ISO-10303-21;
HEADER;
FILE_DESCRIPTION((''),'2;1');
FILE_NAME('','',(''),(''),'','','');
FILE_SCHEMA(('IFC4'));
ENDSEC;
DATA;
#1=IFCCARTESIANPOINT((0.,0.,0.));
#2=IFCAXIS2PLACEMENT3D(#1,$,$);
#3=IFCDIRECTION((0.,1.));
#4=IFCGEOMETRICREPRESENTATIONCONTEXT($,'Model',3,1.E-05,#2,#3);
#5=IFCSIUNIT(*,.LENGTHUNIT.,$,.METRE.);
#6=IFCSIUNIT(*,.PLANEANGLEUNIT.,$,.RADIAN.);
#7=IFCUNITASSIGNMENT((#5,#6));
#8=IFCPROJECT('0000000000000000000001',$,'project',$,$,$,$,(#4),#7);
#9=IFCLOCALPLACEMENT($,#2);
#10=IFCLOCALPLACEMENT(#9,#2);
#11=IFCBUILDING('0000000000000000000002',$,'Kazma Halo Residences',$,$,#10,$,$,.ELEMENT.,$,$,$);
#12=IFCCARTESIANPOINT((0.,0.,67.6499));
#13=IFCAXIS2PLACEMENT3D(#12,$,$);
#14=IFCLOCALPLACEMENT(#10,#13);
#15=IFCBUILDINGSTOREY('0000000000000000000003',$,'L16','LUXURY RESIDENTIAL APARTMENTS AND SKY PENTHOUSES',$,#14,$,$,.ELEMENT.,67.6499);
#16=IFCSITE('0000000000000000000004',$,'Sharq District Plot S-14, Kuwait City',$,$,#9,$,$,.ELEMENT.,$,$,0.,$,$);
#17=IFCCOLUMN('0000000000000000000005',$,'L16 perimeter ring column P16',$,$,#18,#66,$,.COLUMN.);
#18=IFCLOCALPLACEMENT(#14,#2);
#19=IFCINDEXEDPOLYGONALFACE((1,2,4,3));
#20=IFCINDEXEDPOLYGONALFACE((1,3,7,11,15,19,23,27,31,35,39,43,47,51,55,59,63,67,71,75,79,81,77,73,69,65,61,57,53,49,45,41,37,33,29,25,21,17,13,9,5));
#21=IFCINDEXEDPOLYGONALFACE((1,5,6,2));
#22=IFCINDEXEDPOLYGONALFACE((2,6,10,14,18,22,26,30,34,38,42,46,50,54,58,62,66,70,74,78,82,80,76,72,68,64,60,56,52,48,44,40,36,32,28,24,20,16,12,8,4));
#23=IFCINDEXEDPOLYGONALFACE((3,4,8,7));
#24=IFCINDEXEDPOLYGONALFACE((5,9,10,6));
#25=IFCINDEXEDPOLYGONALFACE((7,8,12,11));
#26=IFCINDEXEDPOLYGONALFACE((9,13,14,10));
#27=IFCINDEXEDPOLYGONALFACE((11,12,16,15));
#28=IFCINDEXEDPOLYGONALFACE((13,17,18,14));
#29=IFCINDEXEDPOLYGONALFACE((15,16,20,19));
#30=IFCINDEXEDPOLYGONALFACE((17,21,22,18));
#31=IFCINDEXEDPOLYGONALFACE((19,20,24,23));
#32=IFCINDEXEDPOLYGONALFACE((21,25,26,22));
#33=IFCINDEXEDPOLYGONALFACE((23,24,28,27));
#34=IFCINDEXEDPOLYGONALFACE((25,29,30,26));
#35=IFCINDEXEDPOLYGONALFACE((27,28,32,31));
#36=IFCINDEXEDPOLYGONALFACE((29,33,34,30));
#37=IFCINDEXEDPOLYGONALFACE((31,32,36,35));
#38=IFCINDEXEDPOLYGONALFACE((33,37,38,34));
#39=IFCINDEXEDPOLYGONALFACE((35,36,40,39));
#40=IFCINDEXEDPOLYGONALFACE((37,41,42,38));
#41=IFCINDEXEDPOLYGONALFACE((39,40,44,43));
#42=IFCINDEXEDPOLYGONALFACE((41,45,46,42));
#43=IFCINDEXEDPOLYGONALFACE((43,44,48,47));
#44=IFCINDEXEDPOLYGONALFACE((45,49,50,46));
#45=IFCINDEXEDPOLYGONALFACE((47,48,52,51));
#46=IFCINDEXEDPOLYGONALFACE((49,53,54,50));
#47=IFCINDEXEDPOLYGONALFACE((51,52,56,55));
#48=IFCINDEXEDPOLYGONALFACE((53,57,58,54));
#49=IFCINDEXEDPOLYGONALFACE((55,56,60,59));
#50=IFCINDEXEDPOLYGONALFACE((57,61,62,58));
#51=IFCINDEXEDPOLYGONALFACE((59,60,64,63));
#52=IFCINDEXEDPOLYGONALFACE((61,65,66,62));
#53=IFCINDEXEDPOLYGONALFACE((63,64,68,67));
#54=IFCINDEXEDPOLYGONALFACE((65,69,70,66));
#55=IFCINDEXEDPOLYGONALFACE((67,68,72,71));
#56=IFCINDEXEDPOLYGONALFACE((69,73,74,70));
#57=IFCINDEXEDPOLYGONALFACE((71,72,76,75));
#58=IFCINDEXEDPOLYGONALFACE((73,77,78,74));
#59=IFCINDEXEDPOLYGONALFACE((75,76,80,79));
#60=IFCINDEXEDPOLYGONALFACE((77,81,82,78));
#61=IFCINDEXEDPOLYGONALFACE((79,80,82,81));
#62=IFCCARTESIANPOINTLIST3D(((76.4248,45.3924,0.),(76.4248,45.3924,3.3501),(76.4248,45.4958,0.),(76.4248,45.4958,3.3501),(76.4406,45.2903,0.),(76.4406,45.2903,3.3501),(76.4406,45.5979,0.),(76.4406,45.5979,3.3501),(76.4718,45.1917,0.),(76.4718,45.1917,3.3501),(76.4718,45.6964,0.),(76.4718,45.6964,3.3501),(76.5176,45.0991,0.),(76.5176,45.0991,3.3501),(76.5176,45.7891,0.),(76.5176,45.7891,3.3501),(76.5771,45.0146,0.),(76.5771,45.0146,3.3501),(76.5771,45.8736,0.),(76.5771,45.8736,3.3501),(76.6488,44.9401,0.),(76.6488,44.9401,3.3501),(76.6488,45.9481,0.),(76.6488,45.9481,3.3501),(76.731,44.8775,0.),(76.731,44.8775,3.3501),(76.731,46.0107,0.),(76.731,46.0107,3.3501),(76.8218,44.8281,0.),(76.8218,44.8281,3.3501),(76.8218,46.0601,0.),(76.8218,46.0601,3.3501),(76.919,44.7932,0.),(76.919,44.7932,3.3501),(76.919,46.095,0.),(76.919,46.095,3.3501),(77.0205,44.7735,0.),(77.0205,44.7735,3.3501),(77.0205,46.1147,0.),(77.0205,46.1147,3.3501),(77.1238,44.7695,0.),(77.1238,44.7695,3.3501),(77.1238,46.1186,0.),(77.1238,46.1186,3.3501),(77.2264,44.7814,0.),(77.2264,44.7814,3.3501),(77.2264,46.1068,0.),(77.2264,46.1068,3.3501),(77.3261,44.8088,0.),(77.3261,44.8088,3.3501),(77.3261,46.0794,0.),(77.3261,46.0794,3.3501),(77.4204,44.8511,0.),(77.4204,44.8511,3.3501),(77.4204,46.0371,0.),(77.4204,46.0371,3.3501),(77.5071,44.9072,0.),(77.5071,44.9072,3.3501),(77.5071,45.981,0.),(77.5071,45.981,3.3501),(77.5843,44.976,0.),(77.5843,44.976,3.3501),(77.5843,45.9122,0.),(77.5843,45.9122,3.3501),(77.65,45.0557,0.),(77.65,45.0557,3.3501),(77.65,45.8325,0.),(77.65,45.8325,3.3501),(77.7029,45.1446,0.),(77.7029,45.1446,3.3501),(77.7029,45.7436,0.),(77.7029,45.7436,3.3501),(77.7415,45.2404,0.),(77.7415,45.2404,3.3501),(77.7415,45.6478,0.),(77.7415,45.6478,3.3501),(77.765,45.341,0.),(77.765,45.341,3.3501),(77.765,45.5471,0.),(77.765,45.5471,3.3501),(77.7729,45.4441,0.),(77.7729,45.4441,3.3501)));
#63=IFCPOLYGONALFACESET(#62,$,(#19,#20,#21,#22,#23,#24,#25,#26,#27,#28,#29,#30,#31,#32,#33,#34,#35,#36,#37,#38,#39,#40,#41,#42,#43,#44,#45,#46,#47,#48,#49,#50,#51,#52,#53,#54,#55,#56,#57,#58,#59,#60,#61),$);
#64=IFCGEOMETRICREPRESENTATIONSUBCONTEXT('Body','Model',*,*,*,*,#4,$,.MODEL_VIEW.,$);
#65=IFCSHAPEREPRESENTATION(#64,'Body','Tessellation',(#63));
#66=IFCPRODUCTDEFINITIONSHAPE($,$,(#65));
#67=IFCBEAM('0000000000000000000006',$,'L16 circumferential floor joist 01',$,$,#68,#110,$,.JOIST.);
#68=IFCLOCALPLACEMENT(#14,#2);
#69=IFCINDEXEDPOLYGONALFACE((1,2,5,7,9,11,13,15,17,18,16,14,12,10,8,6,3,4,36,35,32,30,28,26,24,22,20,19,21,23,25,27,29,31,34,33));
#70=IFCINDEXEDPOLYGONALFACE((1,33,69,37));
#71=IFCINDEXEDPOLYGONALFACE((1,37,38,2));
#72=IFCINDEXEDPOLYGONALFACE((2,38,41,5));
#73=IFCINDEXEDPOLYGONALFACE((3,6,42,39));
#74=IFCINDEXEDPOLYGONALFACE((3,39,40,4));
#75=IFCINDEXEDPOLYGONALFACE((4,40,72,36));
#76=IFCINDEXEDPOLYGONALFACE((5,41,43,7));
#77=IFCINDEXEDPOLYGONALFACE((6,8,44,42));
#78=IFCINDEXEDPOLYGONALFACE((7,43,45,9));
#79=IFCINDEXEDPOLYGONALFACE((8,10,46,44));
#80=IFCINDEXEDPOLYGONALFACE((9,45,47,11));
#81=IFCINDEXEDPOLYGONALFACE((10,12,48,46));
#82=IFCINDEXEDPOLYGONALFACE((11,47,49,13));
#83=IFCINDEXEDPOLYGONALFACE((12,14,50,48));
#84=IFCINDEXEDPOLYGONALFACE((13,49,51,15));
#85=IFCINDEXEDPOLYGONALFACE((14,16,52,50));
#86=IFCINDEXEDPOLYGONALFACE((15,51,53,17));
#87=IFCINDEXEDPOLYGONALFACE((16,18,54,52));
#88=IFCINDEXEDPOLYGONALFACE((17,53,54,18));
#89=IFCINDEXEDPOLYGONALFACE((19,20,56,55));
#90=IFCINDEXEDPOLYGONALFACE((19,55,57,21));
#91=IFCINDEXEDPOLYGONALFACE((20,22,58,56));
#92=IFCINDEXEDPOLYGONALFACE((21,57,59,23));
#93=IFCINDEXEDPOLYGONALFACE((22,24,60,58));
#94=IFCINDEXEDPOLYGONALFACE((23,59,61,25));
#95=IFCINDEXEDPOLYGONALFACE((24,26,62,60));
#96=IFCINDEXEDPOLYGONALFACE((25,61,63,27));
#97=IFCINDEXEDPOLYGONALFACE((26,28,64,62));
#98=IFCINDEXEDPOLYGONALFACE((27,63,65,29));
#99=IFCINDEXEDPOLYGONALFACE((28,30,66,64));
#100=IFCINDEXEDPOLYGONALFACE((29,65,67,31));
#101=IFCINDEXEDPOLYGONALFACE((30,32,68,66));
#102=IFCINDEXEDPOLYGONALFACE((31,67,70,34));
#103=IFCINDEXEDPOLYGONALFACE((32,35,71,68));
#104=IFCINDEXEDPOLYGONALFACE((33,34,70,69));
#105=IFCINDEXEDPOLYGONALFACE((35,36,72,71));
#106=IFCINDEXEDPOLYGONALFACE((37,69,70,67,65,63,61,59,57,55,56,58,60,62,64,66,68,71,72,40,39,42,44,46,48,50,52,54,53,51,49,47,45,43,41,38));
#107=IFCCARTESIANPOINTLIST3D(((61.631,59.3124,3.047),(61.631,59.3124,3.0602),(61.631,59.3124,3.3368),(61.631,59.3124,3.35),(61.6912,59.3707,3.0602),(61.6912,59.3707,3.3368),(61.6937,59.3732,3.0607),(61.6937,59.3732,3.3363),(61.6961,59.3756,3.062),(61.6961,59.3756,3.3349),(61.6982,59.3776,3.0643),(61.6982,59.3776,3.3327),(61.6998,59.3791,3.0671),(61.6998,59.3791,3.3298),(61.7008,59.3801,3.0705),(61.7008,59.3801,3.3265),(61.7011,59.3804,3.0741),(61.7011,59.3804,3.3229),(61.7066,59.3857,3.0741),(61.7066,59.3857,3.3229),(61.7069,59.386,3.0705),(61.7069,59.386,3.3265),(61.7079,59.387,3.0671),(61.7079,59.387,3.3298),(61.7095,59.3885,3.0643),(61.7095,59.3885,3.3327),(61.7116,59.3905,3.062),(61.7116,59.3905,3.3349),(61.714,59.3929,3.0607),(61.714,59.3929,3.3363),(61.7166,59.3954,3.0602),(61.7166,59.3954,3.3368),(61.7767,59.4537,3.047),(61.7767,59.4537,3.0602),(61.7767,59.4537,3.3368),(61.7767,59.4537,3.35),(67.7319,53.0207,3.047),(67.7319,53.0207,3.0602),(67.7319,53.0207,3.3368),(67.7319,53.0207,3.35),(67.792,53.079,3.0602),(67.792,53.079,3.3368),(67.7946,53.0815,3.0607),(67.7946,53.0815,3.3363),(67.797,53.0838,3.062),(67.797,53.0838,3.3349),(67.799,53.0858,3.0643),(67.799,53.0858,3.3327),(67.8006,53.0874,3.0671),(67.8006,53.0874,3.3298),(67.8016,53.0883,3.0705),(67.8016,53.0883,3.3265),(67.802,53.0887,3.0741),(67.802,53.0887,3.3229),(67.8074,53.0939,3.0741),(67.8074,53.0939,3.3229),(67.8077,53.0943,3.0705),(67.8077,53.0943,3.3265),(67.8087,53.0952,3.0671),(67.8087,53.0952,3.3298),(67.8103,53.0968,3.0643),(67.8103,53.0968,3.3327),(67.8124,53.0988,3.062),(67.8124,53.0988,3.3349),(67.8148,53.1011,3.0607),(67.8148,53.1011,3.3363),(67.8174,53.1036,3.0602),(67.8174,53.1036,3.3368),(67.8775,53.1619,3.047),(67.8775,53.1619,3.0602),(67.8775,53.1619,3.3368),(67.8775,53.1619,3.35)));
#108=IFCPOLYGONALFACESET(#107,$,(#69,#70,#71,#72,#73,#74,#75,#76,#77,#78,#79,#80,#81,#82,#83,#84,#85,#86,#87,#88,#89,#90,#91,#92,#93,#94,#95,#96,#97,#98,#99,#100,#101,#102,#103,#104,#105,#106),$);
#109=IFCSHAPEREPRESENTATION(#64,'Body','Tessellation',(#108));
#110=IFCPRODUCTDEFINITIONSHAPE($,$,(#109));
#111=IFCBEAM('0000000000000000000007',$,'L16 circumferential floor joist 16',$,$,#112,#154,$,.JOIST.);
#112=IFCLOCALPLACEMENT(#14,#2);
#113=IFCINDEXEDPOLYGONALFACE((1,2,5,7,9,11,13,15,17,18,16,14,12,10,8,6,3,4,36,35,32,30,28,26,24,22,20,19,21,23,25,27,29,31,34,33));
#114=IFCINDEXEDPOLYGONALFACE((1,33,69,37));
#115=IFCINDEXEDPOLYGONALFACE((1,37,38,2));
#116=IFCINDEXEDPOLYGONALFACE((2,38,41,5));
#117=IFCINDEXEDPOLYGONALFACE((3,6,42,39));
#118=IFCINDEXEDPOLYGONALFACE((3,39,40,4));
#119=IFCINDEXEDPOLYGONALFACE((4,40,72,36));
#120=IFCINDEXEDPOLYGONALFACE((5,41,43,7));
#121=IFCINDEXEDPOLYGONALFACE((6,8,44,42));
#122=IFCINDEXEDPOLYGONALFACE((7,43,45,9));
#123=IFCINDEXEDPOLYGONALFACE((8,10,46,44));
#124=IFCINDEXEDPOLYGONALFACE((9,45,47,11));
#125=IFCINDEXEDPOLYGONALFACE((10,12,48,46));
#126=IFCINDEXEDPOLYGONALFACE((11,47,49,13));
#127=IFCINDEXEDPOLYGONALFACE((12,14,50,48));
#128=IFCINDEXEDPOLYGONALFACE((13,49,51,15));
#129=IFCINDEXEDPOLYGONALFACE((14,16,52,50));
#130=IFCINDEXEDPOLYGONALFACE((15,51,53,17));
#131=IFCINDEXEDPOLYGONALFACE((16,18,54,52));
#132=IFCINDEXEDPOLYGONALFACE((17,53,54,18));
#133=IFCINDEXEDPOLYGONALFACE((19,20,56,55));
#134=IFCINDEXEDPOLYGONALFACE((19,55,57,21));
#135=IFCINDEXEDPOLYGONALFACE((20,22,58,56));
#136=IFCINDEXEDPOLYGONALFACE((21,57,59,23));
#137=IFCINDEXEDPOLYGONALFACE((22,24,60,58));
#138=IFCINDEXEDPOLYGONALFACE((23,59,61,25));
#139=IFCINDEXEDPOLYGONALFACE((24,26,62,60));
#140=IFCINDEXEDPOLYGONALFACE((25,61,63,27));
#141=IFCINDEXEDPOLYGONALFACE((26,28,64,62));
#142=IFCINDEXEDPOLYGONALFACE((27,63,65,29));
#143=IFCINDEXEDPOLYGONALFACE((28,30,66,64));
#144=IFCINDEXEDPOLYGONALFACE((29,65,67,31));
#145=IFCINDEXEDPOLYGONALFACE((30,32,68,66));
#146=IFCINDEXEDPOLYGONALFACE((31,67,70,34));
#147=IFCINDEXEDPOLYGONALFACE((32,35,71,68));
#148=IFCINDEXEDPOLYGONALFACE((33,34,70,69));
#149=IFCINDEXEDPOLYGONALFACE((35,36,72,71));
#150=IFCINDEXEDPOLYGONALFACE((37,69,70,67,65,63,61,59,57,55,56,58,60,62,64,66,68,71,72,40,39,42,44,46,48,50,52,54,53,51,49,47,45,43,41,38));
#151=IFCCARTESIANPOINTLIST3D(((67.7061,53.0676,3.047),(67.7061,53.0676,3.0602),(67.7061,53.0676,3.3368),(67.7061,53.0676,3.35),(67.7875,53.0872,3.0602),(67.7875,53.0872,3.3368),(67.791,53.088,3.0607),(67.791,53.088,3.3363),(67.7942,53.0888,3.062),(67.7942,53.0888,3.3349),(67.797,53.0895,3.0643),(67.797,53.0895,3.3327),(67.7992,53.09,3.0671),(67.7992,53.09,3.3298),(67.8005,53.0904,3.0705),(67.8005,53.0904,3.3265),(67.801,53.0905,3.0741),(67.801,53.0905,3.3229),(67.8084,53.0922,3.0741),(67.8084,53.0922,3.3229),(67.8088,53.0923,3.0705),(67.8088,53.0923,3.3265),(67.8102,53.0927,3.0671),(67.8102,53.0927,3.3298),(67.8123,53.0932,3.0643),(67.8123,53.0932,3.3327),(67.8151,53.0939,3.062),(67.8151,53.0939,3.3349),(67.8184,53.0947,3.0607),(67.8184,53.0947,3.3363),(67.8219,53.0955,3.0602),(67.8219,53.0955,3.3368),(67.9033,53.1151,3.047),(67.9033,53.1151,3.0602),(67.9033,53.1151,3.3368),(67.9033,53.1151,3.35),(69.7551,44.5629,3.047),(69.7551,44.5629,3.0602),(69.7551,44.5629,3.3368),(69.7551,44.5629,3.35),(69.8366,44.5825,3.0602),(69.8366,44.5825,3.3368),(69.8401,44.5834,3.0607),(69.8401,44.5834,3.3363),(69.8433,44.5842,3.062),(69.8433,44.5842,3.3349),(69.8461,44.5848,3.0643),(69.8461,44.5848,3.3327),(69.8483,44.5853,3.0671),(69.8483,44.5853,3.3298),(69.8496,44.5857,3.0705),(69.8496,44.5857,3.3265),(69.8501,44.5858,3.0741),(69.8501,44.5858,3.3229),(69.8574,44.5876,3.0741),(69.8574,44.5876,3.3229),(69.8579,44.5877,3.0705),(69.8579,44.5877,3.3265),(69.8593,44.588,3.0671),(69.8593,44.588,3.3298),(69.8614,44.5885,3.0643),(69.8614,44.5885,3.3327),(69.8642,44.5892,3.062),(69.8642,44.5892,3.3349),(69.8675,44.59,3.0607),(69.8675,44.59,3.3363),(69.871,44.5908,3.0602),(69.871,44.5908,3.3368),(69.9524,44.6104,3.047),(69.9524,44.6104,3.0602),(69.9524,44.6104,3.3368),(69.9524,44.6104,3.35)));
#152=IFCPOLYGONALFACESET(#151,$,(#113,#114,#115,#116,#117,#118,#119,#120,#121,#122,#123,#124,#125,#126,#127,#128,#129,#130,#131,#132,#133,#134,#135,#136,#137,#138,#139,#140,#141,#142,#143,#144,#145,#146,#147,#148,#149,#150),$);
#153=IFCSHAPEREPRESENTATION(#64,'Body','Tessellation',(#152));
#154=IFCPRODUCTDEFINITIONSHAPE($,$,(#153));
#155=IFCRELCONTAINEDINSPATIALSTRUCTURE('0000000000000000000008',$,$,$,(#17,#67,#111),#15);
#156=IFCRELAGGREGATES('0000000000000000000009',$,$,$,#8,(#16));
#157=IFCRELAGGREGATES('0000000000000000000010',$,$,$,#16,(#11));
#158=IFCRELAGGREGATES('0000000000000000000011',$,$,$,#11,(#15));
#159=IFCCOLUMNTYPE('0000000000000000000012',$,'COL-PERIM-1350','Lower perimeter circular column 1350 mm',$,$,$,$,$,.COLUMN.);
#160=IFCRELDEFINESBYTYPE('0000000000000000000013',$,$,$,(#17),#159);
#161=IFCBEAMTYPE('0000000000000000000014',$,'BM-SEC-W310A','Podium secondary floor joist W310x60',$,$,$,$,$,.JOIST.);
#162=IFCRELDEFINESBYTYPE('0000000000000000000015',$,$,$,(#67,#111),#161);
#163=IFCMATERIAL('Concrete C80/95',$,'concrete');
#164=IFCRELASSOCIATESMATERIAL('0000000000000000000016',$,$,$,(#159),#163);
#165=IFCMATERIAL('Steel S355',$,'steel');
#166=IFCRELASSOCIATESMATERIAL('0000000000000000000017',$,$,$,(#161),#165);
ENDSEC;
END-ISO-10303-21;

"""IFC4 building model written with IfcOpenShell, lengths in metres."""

from ifc_helpers import new_model, si_unit, direction, frame, origin, origin_2d, place, context, subcontext, project, spatial, circle, i_section, extrude, material, material_profile, profile_set, type_object, element, save


model = new_model("IFC4")

# Units and contexts
model_context = context("Model", 3, precision=1e-05, world=origin(), true_north=direction((0.0, 1.0)))
body_context = subcontext(model_context, "Body", "Model", "MODEL_VIEW")
ifc_project = project(units=[si_unit("LENGTHUNIT", "METRE"), si_unit("PLANEANGLEUNIT", "RADIAN")], contexts=[model_context])

# Site, building, storey
site_placement = place(None, origin())
site = spatial("IfcSite", under=ifc_project, at=site_placement, Name="Sharq District Plot S-14, Kuwait City", CompositionType="ELEMENT", RefElevation=0.0)
building_placement = place(site_placement, origin())
building = spatial("IfcBuilding", under=site, at=building_placement, Name="Kazma Halo Residences", CompositionType="ELEMENT")
storey_placement = place(building_placement, frame((0.0, 0.0, 67.6499)))
storey = spatial("IfcBuildingStorey", under=building, at=storey_placement, Name="L16", Description="LUXURY RESIDENTIAL APARTMENTS AND SKY PENTHOUSES", CompositionType="ELEMENT", Elevation=67.6499)

# Column
ifc_material_1 = material(Name="Concrete C80/95", Category="concrete")
ifc_material_profile_1 = material_profile(ifc_material_1, circle(Radius=0.675, at=origin_2d()), Name="CIRC1350")
ifc_profile_set_1 = profile_set([ifc_material_profile_1], Name="Concrete C80/95")
column_type = type_object("IfcColumnType", Name="COL-PERIM-1350", Description="Lower perimeter circular column 1350 mm", PredefinedType="COLUMN", material=ifc_profile_set_1)
column_placement = place(storey_placement, frame((77.0979, 45.4441, 0.0), z_axis=(0.0, 0.0, 1.0), x_axis=(1.0, 0.0, 0.0)))
element("IfcColumn", 1, at=column_placement, inside=storey, type_object=column_type, Name="L16 perimeter ring column P16", PredefinedType="COLUMN", context=body_context, shape_type="SweptSolid", body=[
    extrude(circle(Radius=0.675, at=origin_2d()), origin(), (0.0, 0.0, 1.0), 3.3501),
])

# Beams
ifc_material_2 = material(Name="Steel S355", Category="steel")
ifc_material_profile_2 = material_profile(ifc_material_2, i_section(OverallWidth=0.2029, OverallDepth=0.303, WebThickness=0.0076, FlangeThickness=0.0132, FilletRadius=0.0139, at=origin_2d()), Name="W310x60")
ifc_profile_set_2 = profile_set([ifc_material_profile_2], Name="Steel S355")
beam_type_1 = type_object("IfcBeamType", Name="BM-SEC-W310A", Description="Podium secondary floor joist W310x60", PredefinedType="JOIST", material=ifc_profile_set_2)
beam_1_placement = place(storey_placement, frame((67.8047, 53.0913, 3.1985), z_axis=(-0.696131, 0.717915, 0.0), x_axis=(-0.717915, -0.696131, 0.0)))
element("IfcBeam", 2, at=beam_1_placement, inside=storey, type_object=beam_type_1, Name="L16 circumferential floor joist 01", PredefinedType="JOIST", context=body_context, shape_type="SweptSolid", body=[
    extrude(i_section(OverallWidth=0.2029, OverallDepth=0.303, WebThickness=0.0076, FlangeThickness=0.0132, FilletRadius=0.0139, at=origin_2d()), origin(), (0.0, 0.0, 1.0), 8.7639),
])
beam_2_placement = place(storey_placement, frame((69.8538, 44.5867, 3.1985), z_axis=(-0.234233, 0.97218, 0.0), x_axis=(-0.97218, -0.234233, 0.0)))
element("IfcBeam", 3, at=beam_2_placement, inside=storey, type_object=beam_type_1, Name="L16 circumferential floor joist 16", PredefinedType="JOIST", context=body_context, shape_type="SweptSolid", body=[
    extrude(i_section(OverallWidth=0.2029, OverallDepth=0.303, WebThickness=0.0076, FlangeThickness=0.0132, FilletRadius=0.0139, at=origin_2d()), origin(), (0.0, 0.0, 1.0), 8.748),
])

save(model, "model.ifc")
